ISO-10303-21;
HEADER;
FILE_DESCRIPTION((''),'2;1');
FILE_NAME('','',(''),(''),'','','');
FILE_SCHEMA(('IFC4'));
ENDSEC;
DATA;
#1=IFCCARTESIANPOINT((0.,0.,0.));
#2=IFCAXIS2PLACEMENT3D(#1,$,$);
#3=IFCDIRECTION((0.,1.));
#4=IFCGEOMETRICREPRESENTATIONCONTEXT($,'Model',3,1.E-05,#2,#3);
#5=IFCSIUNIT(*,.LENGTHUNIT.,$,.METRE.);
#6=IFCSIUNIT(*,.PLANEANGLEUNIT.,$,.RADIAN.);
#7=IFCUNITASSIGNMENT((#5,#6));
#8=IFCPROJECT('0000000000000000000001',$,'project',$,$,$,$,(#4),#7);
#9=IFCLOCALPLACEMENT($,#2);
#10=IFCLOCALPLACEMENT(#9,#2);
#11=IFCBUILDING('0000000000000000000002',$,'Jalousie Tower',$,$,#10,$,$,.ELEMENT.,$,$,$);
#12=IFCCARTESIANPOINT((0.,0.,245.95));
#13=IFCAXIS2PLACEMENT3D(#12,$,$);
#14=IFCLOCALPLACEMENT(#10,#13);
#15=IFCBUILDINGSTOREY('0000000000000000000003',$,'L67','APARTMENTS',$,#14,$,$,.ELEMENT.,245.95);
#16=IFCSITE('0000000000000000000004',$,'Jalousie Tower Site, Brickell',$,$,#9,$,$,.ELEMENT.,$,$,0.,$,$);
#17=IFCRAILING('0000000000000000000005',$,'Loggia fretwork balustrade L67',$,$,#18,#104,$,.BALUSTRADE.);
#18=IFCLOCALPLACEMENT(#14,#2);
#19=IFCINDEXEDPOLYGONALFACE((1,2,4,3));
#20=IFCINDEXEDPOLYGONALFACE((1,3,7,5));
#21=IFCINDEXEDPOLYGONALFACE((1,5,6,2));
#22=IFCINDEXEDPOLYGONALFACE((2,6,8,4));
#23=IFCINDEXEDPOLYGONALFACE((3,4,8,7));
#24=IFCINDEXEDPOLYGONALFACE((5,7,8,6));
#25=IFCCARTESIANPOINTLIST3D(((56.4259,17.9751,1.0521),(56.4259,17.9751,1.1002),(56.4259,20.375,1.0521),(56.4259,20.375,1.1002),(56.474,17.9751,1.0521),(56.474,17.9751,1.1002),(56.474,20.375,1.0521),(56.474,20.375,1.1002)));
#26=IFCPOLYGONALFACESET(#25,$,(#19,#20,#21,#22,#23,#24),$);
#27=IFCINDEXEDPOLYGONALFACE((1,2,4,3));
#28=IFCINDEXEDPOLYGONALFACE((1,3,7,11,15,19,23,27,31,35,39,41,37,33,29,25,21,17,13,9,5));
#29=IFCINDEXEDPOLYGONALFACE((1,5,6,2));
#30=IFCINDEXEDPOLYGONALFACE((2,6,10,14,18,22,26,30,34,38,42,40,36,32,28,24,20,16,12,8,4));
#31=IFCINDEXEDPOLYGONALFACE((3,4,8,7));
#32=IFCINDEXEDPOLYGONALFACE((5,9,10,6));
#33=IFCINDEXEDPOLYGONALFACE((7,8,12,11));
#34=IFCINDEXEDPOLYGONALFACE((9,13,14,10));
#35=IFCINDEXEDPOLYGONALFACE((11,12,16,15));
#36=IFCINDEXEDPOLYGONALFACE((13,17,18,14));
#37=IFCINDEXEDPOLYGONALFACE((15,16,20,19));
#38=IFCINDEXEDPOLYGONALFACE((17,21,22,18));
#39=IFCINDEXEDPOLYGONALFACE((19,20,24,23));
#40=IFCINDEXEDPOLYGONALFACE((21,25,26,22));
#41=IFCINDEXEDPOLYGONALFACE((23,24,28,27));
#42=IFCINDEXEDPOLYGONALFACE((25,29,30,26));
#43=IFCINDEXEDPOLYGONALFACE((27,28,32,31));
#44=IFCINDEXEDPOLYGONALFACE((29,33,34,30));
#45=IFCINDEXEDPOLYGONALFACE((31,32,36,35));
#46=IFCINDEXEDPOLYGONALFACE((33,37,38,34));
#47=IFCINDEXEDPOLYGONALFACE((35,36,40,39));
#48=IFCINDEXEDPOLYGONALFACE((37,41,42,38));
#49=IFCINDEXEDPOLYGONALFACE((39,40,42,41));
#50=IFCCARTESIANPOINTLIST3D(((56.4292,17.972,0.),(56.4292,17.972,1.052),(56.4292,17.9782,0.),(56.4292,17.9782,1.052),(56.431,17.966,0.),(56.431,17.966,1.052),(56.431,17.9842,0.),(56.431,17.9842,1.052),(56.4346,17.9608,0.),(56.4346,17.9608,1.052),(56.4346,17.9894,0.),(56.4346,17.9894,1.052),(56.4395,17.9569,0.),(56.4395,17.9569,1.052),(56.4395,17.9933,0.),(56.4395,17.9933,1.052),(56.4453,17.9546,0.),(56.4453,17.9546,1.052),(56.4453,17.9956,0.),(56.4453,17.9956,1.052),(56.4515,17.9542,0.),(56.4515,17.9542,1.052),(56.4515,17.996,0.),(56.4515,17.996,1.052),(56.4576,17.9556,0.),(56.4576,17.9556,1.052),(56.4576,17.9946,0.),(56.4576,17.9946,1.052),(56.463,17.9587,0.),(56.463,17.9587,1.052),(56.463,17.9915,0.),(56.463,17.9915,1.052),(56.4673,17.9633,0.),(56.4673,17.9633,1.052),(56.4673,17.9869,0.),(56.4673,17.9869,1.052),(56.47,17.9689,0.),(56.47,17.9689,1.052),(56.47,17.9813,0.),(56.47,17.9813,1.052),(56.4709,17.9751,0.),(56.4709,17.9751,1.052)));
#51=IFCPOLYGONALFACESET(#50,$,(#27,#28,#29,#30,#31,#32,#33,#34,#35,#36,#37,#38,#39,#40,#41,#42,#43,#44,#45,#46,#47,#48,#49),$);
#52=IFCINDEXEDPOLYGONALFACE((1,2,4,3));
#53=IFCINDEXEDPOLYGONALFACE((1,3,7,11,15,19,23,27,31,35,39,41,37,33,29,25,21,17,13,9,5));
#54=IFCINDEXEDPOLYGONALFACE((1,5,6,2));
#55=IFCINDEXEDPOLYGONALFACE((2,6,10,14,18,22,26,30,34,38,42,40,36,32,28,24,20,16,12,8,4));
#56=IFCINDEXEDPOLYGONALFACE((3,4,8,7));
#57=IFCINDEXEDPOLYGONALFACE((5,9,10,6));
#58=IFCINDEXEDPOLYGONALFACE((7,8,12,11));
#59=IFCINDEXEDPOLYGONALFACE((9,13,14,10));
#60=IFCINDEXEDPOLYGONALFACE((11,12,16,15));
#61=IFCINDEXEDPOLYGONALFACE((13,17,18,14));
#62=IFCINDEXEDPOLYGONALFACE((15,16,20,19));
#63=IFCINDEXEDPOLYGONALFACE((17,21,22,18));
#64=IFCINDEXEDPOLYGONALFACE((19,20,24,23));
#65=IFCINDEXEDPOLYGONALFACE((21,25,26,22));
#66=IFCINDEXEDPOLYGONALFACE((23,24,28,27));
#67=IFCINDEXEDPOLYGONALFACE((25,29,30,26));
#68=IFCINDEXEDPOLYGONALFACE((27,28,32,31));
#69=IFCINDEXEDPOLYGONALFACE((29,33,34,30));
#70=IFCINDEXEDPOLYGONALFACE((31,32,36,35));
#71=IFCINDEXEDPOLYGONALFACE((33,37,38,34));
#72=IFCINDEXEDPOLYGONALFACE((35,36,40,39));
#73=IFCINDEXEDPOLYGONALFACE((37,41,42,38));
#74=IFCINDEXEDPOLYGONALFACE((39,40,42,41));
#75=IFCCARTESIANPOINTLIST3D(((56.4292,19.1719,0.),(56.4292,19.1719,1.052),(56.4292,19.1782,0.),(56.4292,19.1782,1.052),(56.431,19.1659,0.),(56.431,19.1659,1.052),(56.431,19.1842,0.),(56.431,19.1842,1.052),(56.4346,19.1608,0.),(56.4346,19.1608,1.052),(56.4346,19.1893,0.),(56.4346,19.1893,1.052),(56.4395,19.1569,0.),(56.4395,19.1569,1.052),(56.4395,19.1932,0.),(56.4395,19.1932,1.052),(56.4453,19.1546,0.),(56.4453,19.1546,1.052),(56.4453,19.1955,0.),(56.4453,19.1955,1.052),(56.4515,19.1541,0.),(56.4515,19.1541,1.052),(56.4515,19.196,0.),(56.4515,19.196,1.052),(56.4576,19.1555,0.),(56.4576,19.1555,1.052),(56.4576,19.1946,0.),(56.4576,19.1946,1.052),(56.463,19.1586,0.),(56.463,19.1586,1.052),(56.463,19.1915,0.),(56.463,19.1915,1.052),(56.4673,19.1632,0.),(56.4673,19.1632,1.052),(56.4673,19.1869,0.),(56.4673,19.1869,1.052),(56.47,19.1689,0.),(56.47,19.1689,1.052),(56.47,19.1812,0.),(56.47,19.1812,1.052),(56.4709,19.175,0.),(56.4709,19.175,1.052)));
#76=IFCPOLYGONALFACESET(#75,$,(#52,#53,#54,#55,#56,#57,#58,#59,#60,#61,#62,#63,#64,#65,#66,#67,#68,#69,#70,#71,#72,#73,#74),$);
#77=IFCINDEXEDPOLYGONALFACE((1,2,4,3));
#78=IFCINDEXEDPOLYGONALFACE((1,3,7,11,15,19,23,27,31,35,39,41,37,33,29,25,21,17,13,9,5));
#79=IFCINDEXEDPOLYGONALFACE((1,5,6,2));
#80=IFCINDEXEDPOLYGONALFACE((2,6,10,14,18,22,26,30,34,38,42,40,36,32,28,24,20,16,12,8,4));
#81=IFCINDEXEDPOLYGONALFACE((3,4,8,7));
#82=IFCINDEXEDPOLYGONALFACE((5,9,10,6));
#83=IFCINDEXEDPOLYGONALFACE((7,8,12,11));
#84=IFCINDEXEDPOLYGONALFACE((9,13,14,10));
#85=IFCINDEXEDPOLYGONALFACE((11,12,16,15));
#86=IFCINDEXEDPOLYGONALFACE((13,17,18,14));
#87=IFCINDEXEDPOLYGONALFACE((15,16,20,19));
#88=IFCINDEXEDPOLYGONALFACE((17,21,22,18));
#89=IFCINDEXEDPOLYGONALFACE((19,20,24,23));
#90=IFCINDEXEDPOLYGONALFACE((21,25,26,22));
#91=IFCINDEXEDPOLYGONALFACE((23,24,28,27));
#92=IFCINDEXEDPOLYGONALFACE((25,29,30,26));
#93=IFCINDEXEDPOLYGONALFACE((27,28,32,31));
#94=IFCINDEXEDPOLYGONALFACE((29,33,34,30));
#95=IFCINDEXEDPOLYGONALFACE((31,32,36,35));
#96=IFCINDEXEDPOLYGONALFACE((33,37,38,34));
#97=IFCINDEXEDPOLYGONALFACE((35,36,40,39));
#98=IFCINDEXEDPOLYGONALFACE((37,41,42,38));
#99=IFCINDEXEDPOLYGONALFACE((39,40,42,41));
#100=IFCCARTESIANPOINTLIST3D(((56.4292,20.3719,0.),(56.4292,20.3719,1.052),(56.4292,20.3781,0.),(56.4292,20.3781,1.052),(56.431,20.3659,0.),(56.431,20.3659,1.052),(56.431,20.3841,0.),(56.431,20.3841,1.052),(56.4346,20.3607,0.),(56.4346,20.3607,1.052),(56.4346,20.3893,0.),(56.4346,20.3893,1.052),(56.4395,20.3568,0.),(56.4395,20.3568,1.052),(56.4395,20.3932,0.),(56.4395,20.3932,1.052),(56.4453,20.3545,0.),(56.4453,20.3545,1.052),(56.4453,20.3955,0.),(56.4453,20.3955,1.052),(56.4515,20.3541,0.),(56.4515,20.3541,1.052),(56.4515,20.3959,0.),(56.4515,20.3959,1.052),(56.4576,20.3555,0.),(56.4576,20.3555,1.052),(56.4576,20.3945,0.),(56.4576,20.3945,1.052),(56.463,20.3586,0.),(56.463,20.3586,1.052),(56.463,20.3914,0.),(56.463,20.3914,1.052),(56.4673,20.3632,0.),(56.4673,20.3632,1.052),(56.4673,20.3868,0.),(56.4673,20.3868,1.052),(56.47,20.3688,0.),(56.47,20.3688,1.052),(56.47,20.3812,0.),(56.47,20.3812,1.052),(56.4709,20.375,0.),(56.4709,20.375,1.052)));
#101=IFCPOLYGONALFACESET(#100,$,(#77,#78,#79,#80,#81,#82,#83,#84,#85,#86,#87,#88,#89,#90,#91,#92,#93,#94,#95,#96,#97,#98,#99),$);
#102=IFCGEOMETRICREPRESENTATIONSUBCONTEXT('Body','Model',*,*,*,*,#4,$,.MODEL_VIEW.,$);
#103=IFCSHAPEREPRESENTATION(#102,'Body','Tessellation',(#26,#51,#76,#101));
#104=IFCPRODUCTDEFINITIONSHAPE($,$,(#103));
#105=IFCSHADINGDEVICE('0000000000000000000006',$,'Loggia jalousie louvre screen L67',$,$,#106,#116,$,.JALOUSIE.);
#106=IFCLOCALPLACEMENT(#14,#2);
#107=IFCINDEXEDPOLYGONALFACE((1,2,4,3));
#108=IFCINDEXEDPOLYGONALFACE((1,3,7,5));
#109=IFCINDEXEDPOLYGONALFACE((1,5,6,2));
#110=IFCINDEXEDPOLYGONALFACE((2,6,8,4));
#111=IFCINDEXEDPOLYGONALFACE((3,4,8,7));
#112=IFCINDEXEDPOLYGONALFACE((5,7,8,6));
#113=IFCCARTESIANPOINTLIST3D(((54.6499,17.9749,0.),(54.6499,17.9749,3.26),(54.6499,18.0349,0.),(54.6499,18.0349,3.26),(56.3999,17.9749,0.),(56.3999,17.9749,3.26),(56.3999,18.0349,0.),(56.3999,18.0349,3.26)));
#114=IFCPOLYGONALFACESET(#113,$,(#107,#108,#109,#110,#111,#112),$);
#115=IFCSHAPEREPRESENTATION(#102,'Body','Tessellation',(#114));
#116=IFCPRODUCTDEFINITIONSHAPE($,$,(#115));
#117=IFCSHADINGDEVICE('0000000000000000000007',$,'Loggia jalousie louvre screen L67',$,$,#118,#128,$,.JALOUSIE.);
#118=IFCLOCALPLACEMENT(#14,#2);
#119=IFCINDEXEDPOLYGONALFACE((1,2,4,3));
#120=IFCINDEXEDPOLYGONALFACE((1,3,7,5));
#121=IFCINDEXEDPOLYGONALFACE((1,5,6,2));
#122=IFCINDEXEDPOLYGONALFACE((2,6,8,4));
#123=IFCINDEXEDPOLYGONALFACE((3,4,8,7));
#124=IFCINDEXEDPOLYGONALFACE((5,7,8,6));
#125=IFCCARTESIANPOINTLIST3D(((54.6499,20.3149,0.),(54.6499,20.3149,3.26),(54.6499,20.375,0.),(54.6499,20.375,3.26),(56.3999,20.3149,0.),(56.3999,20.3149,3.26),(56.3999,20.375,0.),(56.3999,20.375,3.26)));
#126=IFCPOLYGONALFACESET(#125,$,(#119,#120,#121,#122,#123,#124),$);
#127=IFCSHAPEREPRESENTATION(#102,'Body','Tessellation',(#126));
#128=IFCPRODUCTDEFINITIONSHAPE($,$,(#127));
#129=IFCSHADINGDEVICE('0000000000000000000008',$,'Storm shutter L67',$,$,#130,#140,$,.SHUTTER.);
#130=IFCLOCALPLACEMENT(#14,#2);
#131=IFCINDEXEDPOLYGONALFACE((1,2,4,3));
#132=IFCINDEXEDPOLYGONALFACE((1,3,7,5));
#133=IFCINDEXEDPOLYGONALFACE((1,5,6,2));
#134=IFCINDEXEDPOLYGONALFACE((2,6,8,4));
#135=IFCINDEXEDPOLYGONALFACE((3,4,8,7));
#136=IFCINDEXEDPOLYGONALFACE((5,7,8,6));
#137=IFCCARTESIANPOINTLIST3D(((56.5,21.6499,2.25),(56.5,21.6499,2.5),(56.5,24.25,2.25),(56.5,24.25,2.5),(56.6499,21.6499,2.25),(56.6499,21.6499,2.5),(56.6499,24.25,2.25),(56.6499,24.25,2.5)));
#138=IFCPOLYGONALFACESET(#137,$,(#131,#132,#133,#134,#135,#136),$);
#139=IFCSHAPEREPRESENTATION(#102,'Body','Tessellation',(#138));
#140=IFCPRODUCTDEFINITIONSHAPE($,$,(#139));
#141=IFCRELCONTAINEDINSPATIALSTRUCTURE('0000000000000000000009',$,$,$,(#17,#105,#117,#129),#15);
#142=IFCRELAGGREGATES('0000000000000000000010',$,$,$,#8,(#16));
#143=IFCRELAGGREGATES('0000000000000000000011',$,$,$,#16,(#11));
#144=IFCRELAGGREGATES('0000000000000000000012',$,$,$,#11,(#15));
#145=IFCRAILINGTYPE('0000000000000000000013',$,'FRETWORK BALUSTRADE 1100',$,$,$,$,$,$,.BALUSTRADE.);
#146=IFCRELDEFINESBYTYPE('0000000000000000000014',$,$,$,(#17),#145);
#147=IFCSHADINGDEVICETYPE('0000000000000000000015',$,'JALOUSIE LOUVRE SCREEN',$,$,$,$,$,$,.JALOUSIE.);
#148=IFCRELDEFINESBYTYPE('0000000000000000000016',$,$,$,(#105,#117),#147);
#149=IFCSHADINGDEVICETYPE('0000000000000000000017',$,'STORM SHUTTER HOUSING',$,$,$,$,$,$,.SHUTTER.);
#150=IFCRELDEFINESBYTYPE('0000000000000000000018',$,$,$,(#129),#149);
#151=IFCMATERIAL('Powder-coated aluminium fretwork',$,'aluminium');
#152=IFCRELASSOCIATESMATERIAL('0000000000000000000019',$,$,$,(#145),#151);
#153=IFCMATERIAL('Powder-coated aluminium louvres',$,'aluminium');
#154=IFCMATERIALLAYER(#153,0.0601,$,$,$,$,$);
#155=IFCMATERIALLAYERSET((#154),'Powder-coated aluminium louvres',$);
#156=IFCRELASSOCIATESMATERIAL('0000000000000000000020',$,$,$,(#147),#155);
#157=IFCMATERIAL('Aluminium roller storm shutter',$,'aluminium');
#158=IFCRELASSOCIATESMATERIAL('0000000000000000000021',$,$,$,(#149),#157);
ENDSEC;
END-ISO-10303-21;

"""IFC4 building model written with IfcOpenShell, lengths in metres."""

from ifc_helpers import new_model, si_unit, direction, frame, origin, origin_2d, place, context, subcontext, project, spatial, rectangle, circle, extrude, material, layer, layer_set, type_object, element, save


model = new_model("IFC4")

# Units and contexts
model_context = context("Model", 3, precision=1e-05, world=origin(), true_north=direction((0.0, 1.0)))
body_context = subcontext(model_context, "Body", "Model", "MODEL_VIEW")
ifc_project = project(units=[si_unit("LENGTHUNIT", "METRE"), si_unit("PLANEANGLEUNIT", "RADIAN")], contexts=[model_context])

# Site, building, storey
site_placement = place(None, origin())
site = spatial("IfcSite", under=ifc_project, at=site_placement, Name="Jalousie Tower Site, Brickell", CompositionType="ELEMENT", RefElevation=0.0)
building_placement = place(site_placement, origin())
building = spatial("IfcBuilding", under=site, at=building_placement, Name="Jalousie Tower", CompositionType="ELEMENT")
storey_placement = place(building_placement, frame((0.0, 0.0, 245.95)))
storey = spatial("IfcBuildingStorey", under=building, at=storey_placement, Name="L67", Description="APARTMENTS", CompositionType="ELEMENT", Elevation=245.95)

# Railing
ifc_material_1 = material(Name="Powder-coated aluminium fretwork", Category="aluminium")
railing_type = type_object("IfcRailingType", Name="FRETWORK BALUSTRADE 1100", PredefinedType="BALUSTRADE", material=ifc_material_1)
railing_placement = place(storey_placement, frame((56.45, 17.9751, 0.0)))
element("IfcRailing", 1, at=railing_placement, inside=storey, type_object=railing_type, Name="Loggia fretwork balustrade L67", PredefinedType="BALUSTRADE", context=body_context, shape_type="SweptSolid", body=[
    extrude(rectangle(XDim=0.0481, YDim=0.0481, at=origin_2d()), frame((0.0, 0.0, 1.0762), z_axis=(0.0, 1.0, 0.0), x_axis=(-1.0, 0.0, 0.0)), (0.0, 0.0, 1.0), 2.3999),
    extrude(circle(Radius=0.021, at=origin_2d()), origin(), (0.0, 0.0, 1.0), 1.052),
    extrude(circle(Radius=0.021, at=origin_2d()), frame((0.0, 1.2, 0.0)), (0.0, 0.0, 1.0), 1.052),
    extrude(circle(Radius=0.021, at=origin_2d()), frame((0.0, 2.3999, 0.0)), (0.0, 0.0, 1.0), 1.052),
])

# Shading devices
ifc_material_2 = material(Name="Powder-coated aluminium louvres", Category="aluminium")
ifc_layer = layer(ifc_material_2, 0.0601)
ifc_layer_set = layer_set([ifc_layer], Name="Powder-coated aluminium louvres")
shading_device_type_1 = type_object("IfcShadingDeviceType", Name="JALOUSIE LOUVRE SCREEN", PredefinedType="JALOUSIE", material=ifc_layer_set)
for number, where, z_axis, x_axis, name in (
    (2, (55.5249, 18.0049, 0.0), (0.0, 0.0, 1.0), (0.0, 1.0, 0.0), "Loggia jalousie louvre screen L67"),
    (3, (55.5249, 20.345, 0.0), (0.0, 0.0, 1.0), (0.0, 1.0, 0.0), "Loggia jalousie louvre screen L67"),
):
    element("IfcShadingDevice", number, at=place(storey_placement, frame(where, z_axis=z_axis, x_axis=x_axis)), inside=storey, type_object=shading_device_type_1, Name=name, PredefinedType="JALOUSIE", context=body_context, shape_type="SweptSolid", body=[
        extrude(rectangle(XDim=0.0601, YDim=1.75, at=origin_2d()), origin(), (0.0, 0.0, 1.0), 3.26),
    ])
ifc_material_3 = material(Name="Aluminium roller storm shutter", Category="aluminium")
shading_device_type_2 = type_object("IfcShadingDeviceType", Name="STORM SHUTTER HOUSING", PredefinedType="SHUTTER", material=ifc_material_3)
shading_device_placement = place(storey_placement, frame((56.575, 22.95, 2.25), z_axis=(0.0, 0.0, 1.0), x_axis=(0.0, 1.0, 0.0)))
element("IfcShadingDevice", 4, at=shading_device_placement, inside=storey, type_object=shading_device_type_2, Name="Storm shutter L67", PredefinedType="SHUTTER", context=body_context, shape_type="SweptSolid", body=[
    extrude(rectangle(XDim=2.6001, YDim=0.1499, at=origin_2d()), origin(), (0.0, 0.0, 1.0), 0.25),
])

save(model, "model.ifc")
